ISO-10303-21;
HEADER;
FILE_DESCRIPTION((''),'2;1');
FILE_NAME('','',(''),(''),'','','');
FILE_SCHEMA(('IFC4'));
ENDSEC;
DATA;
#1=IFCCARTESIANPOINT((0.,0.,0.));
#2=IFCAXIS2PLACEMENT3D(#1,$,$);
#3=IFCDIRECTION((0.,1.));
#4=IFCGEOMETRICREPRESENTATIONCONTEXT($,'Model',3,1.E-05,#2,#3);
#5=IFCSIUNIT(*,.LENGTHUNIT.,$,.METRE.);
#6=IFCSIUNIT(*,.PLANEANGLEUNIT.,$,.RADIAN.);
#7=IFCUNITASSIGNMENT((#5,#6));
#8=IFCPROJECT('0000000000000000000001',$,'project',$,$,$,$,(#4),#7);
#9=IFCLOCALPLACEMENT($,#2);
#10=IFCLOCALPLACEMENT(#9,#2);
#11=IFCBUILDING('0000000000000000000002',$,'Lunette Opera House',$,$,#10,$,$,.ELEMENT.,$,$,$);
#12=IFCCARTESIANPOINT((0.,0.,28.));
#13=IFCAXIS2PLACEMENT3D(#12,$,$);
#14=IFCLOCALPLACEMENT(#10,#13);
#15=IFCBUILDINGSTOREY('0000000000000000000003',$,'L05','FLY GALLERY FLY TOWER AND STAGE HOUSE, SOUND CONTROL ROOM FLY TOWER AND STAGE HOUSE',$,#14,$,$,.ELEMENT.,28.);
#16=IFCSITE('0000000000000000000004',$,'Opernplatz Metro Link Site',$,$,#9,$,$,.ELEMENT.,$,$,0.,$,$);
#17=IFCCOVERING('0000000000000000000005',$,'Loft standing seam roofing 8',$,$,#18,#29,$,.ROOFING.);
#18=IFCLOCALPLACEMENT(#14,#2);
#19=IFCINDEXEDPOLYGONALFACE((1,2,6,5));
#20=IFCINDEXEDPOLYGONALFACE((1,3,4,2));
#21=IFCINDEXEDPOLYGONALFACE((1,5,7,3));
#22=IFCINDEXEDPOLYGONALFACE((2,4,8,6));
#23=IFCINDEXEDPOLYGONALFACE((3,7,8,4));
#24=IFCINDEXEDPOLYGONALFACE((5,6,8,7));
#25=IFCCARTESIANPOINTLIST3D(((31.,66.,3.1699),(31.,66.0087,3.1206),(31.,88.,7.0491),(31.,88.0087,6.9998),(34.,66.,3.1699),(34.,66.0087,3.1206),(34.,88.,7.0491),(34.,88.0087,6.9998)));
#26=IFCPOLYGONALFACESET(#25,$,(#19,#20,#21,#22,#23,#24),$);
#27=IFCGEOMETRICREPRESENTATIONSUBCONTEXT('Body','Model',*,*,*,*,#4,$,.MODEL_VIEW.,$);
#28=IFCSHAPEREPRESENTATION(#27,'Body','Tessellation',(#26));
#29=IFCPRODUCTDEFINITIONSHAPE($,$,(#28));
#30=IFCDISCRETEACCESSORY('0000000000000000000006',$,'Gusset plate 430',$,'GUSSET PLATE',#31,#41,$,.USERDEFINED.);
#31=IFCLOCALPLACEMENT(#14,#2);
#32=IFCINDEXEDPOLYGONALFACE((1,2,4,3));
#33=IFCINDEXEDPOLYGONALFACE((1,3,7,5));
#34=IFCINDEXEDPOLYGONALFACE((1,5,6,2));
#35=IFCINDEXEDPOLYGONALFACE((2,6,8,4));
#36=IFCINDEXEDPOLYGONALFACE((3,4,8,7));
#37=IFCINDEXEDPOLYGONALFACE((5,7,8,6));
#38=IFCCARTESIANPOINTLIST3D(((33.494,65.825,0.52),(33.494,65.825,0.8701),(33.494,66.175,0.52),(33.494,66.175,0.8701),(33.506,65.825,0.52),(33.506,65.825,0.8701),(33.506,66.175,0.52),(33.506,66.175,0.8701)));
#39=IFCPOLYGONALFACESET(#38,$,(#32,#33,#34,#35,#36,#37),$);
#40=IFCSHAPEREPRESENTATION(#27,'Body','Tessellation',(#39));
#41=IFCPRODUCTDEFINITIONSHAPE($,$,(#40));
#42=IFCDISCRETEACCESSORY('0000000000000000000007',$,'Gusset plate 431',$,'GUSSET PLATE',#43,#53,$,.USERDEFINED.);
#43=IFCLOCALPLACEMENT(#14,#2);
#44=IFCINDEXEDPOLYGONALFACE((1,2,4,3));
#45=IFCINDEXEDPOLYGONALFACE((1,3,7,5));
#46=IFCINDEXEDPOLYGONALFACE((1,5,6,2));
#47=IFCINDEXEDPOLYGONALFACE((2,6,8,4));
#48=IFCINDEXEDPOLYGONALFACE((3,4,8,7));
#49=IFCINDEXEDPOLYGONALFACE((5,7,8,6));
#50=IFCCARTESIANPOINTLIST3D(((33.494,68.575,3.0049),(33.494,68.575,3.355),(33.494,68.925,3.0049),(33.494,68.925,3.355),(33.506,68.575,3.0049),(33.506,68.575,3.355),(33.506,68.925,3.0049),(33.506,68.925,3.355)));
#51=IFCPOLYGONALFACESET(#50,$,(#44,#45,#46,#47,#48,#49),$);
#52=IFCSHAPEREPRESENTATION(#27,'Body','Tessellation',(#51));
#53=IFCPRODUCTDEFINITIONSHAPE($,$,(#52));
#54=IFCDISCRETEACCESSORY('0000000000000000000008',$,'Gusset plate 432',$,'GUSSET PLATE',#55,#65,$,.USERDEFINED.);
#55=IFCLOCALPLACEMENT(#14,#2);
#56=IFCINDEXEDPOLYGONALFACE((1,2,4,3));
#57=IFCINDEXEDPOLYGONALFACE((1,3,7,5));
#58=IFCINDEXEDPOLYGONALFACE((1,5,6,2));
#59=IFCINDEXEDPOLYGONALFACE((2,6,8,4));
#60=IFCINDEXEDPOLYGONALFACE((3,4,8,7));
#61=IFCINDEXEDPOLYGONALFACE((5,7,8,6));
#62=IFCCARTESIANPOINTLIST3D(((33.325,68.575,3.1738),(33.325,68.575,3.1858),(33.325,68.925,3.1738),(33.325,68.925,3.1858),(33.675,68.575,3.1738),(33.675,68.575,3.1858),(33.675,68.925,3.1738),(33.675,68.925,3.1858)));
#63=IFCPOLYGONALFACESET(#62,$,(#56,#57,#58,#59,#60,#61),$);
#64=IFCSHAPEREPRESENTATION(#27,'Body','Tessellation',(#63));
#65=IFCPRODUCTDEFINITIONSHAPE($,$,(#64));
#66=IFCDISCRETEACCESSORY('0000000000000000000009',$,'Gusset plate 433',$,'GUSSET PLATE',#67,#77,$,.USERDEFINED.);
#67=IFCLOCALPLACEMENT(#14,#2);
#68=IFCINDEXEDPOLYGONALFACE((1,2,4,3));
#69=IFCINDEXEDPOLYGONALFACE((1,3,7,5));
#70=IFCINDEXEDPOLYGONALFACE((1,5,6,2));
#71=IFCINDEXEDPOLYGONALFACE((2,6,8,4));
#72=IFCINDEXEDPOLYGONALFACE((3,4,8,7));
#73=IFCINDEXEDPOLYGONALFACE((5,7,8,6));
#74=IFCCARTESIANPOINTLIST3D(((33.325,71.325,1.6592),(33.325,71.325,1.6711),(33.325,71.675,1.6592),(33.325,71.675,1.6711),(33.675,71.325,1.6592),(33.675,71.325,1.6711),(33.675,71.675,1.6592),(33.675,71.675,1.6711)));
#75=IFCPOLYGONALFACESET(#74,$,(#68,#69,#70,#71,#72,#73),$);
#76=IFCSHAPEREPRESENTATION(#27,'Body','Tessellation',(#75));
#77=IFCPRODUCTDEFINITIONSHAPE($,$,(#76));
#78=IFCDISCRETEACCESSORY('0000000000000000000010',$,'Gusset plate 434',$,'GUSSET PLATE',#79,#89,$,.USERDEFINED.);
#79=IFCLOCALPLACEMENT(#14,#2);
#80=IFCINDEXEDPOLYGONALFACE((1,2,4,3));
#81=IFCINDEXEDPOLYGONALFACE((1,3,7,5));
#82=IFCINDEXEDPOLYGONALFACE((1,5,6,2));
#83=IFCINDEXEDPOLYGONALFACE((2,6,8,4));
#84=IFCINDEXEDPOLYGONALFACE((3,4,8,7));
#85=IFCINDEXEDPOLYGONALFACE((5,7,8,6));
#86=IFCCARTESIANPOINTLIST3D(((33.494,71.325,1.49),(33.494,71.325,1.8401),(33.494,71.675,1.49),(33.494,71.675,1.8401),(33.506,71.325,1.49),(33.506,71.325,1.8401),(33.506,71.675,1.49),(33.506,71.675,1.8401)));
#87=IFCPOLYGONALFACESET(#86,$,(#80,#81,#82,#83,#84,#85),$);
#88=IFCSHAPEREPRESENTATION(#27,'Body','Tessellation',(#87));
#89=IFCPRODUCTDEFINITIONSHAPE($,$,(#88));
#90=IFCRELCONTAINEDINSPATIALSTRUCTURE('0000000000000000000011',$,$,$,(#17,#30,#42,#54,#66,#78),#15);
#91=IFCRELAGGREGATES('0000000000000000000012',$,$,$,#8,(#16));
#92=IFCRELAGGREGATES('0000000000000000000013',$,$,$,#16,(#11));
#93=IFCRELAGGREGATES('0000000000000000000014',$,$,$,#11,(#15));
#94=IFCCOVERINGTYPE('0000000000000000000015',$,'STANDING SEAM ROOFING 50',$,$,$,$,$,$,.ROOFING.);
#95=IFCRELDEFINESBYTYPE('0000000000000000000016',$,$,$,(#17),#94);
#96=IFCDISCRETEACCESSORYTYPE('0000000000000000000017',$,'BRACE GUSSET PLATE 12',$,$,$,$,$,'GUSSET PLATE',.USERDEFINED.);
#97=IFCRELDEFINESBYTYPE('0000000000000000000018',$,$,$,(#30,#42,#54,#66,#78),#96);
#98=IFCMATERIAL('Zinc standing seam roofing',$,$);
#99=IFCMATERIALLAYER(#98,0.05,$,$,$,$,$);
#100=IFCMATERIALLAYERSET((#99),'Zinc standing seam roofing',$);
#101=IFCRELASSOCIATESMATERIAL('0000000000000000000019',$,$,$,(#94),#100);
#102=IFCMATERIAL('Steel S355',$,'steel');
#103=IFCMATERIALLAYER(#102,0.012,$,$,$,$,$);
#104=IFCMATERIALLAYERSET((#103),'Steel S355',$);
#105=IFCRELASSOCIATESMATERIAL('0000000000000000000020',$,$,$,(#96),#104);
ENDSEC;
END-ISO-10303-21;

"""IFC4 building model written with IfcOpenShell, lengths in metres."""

from ifc_helpers import new_model, si_unit, direction, frame, origin, origin_2d, place, context, subcontext, project, spatial, polyline, rectangle, outline, extrude, material, layer, layer_set, type_object, element, save


model = new_model("IFC4")

# Units and contexts
model_context = context("Model", 3, precision=1e-05, world=origin(), true_north=direction((0.0, 1.0)))
body_context = subcontext(model_context, "Body", "Model", "MODEL_VIEW")
ifc_project = project(units=[si_unit("LENGTHUNIT", "METRE"), si_unit("PLANEANGLEUNIT", "RADIAN")], contexts=[model_context])

# Site, building, storey
site_placement = place(None, origin())
site = spatial("IfcSite", under=ifc_project, at=site_placement, Name="Opernplatz Metro Link Site", CompositionType="ELEMENT", RefElevation=0.0)
building_placement = place(site_placement, origin())
building = spatial("IfcBuilding", under=site, at=building_placement, Name="Lunette Opera House", CompositionType="ELEMENT")
storey_placement = place(building_placement, frame((0.0, 0.0, 28.0)))
storey = spatial("IfcBuildingStorey", under=building, at=storey_placement, Name="L05", Description="FLY GALLERY FLY TOWER AND STAGE HOUSE, SOUND CONTROL ROOM FLY TOWER AND STAGE HOUSE", CompositionType="ELEMENT", Elevation=28.0)

# Covering
ifc_material_1 = material(Name="Zinc standing seam roofing")
ifc_layer_1 = layer(ifc_material_1, 0.05)
ifc_layer_set_1 = layer_set([ifc_layer_1], Name="Zinc standing seam roofing")
covering_type = type_object("IfcCoveringType", Name="STANDING SEAM ROOFING 50", PredefinedType="ROOFING", material=ifc_layer_set_1)
covering_placement = place(storey_placement, frame((31.0, 66.0, 3.1699), z_axis=(0.0, -0.173646, 0.984808), x_axis=(1.0, 0.0, 0.0)))
element("IfcCovering", 1, at=covering_placement, inside=storey, type_object=covering_type, Name="Loft standing seam roofing 8", PredefinedType="ROOFING", context=body_context, shape_type="SweptSolid", body=[
    extrude(outline(polyline([(0.0, 0.0), (3.0, 0.0), (3.0, 22.3394), (0.0, 22.3394), (0.0, 0.0)])), origin(), (0.0, 0.0, -1.0), 0.05),
])

# Discrete accessories
ifc_material_2 = material(Name="Steel S355", Category="steel")
ifc_layer_2 = layer(ifc_material_2, 0.012)
ifc_layer_set_2 = layer_set([ifc_layer_2], Name="Steel S355")
discrete_accessory_type = type_object("IfcDiscreteAccessoryType", Name="BRACE GUSSET PLATE 12", ElementType="GUSSET PLATE", PredefinedType="USERDEFINED", material=ifc_layer_set_2)
for number, where, z_axis, x_axis, name in (
    (2, (33.5, 66.0, 0.52), (0.0, 0.0, 1.0), (0.0, 1.0, 0.0), "Gusset plate 430"),
    (3, (33.5, 68.75, 3.0049), (0.0, 0.0, 1.0), (0.0, 1.0, 0.0), "Gusset plate 431"),
):
    element("IfcDiscreteAccessory", number, at=place(storey_placement, frame(where, z_axis=z_axis, x_axis=x_axis)), inside=storey, type_object=discrete_accessory_type, Name=name, ObjectType="GUSSET PLATE", PredefinedType="USERDEFINED", context=body_context, shape_type="SweptSolid", body=[
        extrude(rectangle(XDim=0.3501, YDim=0.012, at=origin_2d()), origin(), (0.0, 0.0, 1.0), 0.3501),
    ])
for number, where, z_axis, x_axis, name in (
    (4, (33.5, 68.75, 3.1738), (0.0, 0.0, 1.0), (0.0, 1.0, 0.0), "Gusset plate 432"),
    (5, (33.5, 71.5, 1.6592), (0.0, 0.0, 1.0), (0.0, 1.0, 0.0), "Gusset plate 433"),
):
    element("IfcDiscreteAccessory", number, at=place(storey_placement, frame(where, z_axis=z_axis, x_axis=x_axis)), inside=storey, type_object=discrete_accessory_type, Name=name, ObjectType="GUSSET PLATE", PredefinedType="USERDEFINED", context=body_context, shape_type="SweptSolid", body=[
        extrude(rectangle(XDim=0.3501, YDim=0.3501, at=origin_2d()), origin(), (0.0, 0.0, 1.0), 0.012),
    ])
discrete_accessory_placement = place(storey_placement, frame((33.5, 71.5, 1.49), z_axis=(0.0, 0.0, 1.0), x_axis=(0.0, 1.0, 0.0)))
element("IfcDiscreteAccessory", 6, at=discrete_accessory_placement, inside=storey, type_object=discrete_accessory_type, Name="Gusset plate 434", ObjectType="GUSSET PLATE", PredefinedType="USERDEFINED", context=body_context, shape_type="SweptSolid", body=[
    extrude(rectangle(XDim=0.3501, YDim=0.012, at=origin_2d()), origin(), (0.0, 0.0, 1.0), 0.3501),
])

save(model, "model.ifc")
